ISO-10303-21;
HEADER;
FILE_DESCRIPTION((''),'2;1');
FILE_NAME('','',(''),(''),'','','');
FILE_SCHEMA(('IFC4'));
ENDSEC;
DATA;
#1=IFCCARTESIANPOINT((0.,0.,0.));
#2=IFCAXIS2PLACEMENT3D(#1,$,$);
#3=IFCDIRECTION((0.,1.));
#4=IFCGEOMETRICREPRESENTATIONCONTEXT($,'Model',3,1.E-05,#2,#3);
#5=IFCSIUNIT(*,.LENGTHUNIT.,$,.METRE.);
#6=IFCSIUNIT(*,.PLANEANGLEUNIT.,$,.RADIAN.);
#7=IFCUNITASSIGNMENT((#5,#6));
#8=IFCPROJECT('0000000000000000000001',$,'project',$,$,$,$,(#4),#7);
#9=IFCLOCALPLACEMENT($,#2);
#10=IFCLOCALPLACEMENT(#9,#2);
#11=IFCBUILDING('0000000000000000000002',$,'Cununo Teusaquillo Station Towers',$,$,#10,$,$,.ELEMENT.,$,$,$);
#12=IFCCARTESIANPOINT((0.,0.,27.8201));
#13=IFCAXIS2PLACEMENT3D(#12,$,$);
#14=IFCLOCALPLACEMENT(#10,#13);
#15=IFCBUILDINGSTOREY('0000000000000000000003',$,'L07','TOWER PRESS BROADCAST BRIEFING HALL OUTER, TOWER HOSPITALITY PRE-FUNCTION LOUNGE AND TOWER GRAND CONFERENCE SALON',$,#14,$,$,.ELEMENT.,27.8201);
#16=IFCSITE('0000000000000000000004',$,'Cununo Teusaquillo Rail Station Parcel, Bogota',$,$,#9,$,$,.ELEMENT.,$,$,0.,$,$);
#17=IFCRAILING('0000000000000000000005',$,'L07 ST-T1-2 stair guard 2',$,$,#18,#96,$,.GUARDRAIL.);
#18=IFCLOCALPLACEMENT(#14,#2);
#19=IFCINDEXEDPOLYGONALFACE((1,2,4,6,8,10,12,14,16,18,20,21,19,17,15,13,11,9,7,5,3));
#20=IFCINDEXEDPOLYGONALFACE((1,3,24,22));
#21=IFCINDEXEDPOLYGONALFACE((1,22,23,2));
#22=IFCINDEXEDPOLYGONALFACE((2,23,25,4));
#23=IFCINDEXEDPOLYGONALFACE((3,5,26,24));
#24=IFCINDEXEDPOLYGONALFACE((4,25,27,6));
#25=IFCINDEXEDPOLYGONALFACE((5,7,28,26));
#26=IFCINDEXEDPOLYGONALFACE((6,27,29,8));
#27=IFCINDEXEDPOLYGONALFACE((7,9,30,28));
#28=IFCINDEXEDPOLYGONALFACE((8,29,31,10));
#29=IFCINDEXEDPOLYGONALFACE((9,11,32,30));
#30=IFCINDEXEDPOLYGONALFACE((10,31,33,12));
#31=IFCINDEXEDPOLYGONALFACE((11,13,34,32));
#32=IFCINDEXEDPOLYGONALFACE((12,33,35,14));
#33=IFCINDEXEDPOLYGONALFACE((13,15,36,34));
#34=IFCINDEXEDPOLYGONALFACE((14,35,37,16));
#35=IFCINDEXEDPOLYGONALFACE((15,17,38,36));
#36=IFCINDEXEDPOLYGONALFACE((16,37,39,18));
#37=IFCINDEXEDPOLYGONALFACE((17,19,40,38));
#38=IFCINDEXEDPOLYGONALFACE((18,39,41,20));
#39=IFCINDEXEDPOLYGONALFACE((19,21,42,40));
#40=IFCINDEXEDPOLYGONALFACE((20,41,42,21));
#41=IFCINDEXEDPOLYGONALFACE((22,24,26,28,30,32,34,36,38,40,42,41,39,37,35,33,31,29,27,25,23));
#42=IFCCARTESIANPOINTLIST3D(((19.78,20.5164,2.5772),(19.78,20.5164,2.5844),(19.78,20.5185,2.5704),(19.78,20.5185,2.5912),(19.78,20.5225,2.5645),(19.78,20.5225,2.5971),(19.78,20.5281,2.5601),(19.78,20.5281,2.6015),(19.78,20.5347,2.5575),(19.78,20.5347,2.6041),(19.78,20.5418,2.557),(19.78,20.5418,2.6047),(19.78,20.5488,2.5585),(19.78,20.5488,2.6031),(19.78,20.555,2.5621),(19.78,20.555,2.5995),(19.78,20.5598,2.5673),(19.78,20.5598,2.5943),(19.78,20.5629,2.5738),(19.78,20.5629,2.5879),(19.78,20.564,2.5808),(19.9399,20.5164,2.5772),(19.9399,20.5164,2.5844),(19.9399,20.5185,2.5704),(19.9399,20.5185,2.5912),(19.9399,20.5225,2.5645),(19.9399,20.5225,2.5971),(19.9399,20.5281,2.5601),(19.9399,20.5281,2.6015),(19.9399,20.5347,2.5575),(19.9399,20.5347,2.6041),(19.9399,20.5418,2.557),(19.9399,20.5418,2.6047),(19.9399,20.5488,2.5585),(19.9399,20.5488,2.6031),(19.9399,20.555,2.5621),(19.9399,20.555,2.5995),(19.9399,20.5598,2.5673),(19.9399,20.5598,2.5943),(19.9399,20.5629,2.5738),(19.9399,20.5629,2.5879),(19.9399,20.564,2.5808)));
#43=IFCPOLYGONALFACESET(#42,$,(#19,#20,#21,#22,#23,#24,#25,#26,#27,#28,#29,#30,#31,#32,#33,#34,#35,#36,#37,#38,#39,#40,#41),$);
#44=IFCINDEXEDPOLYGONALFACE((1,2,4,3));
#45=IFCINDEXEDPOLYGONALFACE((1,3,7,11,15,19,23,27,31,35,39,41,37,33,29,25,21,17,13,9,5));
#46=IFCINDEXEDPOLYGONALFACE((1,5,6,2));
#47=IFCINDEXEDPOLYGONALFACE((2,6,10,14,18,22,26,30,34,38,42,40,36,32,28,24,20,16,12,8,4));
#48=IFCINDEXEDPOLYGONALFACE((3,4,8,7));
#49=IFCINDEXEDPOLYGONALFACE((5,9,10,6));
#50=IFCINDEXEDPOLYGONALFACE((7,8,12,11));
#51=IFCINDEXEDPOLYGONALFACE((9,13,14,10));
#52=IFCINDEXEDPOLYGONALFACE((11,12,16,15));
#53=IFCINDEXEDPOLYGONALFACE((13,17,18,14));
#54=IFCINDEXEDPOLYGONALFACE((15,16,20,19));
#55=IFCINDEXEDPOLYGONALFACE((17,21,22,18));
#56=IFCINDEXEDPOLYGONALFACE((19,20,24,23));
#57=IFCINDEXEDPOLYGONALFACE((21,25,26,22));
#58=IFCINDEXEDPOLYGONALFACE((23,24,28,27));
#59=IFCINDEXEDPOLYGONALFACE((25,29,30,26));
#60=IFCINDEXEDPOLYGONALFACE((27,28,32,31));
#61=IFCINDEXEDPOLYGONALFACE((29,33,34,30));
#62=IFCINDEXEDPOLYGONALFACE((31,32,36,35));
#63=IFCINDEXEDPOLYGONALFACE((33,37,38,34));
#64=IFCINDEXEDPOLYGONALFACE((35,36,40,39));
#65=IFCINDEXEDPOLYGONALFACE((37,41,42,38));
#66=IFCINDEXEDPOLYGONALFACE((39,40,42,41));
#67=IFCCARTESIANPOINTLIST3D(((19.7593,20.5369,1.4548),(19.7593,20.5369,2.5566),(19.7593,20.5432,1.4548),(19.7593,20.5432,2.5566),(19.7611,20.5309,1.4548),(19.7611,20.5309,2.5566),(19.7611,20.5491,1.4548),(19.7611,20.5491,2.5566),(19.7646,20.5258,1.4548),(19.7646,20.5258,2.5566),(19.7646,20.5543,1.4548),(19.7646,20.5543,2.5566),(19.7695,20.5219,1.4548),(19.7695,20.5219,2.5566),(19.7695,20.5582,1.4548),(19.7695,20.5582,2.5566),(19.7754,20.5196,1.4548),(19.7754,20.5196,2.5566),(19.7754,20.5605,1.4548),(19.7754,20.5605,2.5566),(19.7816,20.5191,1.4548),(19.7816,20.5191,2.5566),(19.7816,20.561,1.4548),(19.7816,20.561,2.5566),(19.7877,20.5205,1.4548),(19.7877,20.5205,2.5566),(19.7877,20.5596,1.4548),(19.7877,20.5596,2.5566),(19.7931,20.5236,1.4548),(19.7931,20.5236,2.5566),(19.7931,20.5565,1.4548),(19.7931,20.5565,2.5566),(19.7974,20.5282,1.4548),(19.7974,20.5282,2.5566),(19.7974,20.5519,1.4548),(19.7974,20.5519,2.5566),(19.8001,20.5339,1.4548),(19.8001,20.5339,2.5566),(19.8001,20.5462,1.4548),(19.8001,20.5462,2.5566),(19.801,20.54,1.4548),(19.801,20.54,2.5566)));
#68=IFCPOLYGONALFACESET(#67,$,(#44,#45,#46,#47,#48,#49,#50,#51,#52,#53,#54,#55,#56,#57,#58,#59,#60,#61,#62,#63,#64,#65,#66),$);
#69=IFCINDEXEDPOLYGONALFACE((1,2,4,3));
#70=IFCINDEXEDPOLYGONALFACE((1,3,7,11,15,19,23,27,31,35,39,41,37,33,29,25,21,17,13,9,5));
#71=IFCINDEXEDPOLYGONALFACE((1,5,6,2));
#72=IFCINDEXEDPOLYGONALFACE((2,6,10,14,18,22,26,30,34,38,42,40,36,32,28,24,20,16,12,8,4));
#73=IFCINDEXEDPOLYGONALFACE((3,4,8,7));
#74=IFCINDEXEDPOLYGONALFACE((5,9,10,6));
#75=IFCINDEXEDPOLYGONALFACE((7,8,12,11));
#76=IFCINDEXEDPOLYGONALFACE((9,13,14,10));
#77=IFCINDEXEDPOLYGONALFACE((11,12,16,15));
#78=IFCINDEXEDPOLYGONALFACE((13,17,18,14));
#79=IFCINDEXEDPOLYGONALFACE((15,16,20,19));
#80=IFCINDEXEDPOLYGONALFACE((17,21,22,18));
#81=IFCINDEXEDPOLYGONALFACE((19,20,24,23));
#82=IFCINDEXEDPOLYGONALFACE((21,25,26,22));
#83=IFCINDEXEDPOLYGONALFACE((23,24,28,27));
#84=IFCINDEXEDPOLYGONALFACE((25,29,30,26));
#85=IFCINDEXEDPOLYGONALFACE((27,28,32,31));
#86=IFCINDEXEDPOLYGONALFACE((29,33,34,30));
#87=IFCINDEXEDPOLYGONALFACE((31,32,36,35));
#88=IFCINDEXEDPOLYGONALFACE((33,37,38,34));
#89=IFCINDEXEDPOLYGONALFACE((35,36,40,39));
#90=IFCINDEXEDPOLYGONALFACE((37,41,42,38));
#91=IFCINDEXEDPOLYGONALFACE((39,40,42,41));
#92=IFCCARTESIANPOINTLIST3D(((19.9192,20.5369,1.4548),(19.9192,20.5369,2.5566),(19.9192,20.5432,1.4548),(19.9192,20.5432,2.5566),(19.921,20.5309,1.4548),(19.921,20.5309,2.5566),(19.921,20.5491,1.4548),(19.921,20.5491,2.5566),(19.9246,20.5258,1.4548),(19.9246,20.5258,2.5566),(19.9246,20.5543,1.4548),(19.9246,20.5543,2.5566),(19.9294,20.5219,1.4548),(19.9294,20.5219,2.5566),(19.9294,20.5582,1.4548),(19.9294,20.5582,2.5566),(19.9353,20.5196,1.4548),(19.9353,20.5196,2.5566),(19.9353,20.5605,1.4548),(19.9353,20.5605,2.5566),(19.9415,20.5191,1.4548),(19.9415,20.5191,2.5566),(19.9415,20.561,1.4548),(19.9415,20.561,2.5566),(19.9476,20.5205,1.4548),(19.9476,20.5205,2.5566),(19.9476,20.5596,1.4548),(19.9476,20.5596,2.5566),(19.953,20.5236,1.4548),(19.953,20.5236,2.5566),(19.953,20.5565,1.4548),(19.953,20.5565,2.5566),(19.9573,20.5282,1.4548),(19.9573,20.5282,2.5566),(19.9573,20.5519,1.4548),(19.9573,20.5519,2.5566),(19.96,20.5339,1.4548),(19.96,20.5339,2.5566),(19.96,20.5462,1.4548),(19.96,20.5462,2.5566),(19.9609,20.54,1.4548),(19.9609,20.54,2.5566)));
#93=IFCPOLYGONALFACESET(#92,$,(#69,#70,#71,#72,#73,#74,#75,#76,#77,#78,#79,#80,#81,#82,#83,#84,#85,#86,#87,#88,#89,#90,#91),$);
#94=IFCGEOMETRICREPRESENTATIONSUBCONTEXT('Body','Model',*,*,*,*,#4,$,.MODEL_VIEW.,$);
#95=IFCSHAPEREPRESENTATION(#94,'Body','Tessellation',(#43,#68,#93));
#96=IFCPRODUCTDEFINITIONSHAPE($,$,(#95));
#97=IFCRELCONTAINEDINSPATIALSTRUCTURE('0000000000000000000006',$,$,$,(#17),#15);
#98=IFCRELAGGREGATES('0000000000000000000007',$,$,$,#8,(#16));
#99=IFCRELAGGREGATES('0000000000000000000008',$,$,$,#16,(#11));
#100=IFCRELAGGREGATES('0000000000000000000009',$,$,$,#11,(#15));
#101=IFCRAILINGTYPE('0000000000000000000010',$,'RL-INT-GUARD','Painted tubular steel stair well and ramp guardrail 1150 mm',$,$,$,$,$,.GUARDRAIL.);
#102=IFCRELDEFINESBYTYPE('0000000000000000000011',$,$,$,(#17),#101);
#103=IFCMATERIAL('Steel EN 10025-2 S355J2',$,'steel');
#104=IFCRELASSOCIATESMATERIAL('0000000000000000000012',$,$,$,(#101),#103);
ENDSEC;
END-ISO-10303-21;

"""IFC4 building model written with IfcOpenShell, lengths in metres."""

from ifc_helpers import new_model, si_unit, direction, frame, origin, origin_2d, place, context, subcontext, project, spatial, circle, extrude, material, type_object, element, save


model = new_model("IFC4")

# Units and contexts
model_context = context("Model", 3, precision=1e-05, world=origin(), true_north=direction((0.0, 1.0)))
body_context = subcontext(model_context, "Body", "Model", "MODEL_VIEW")
ifc_project = project(units=[si_unit("LENGTHUNIT", "METRE"), si_unit("PLANEANGLEUNIT", "RADIAN")], contexts=[model_context])

# Site, building, storey
site_placement = place(None, origin())
site = spatial("IfcSite", under=ifc_project, at=site_placement, Name="Cununo Teusaquillo Rail Station Parcel, Bogota", CompositionType="ELEMENT", RefElevation=0.0)
building_placement = place(site_placement, origin())
building = spatial("IfcBuilding", under=site, at=building_placement, Name="Cununo Teusaquillo Station Towers", CompositionType="ELEMENT")
storey_placement = place(building_placement, frame((0.0, 0.0, 27.8201)))
storey = spatial("IfcBuildingStorey", under=building, at=storey_placement, Name="L07", Description="TOWER PRESS BROADCAST BRIEFING HALL OUTER, TOWER HOSPITALITY PRE-FUNCTION LOUNGE AND TOWER GRAND CONFERENCE SALON", CompositionType="ELEMENT", Elevation=27.8201)

# Railing
ifc_material_1 = material(Name="Steel EN 10025-2 S355J2", Category="steel")
railing_type_1 = type_object("IfcRailingType", Name="RL-INT-GUARD", Description="Painted tubular steel stair well and ramp guardrail 1150 mm", PredefinedType="GUARDRAIL", material=ifc_material_1)
railing_1_placement = place(storey_placement, frame((19.78, 20.54, 1.4548)))
element("IfcRailing", 1, at=railing_1_placement, inside=storey, type_object=railing_type_1, Name="L07 ST-T1-2 stair guard 2", PredefinedType="GUARDRAIL", context=body_context, shape_type="SweptSolid", body=[
    extrude(circle(Radius=0.0239, at=origin_2d()), frame((0.0, 0.0, 1.126), z_axis=(1.0, 0.0, 0.0), x_axis=(0.0, 1.0, 0.0)), (0.0, 0.0, 1.0), 0.1599),
    extrude(circle(Radius=0.021, at=origin_2d()), origin(), (0.0, 0.0, 1.0), 1.1018),
    extrude(circle(Radius=0.021, at=origin_2d()), frame((0.1599, 0.0, 0.0)), (0.0, 0.0, 1.0), 1.1018),
])

save(model, "model.ifc")
